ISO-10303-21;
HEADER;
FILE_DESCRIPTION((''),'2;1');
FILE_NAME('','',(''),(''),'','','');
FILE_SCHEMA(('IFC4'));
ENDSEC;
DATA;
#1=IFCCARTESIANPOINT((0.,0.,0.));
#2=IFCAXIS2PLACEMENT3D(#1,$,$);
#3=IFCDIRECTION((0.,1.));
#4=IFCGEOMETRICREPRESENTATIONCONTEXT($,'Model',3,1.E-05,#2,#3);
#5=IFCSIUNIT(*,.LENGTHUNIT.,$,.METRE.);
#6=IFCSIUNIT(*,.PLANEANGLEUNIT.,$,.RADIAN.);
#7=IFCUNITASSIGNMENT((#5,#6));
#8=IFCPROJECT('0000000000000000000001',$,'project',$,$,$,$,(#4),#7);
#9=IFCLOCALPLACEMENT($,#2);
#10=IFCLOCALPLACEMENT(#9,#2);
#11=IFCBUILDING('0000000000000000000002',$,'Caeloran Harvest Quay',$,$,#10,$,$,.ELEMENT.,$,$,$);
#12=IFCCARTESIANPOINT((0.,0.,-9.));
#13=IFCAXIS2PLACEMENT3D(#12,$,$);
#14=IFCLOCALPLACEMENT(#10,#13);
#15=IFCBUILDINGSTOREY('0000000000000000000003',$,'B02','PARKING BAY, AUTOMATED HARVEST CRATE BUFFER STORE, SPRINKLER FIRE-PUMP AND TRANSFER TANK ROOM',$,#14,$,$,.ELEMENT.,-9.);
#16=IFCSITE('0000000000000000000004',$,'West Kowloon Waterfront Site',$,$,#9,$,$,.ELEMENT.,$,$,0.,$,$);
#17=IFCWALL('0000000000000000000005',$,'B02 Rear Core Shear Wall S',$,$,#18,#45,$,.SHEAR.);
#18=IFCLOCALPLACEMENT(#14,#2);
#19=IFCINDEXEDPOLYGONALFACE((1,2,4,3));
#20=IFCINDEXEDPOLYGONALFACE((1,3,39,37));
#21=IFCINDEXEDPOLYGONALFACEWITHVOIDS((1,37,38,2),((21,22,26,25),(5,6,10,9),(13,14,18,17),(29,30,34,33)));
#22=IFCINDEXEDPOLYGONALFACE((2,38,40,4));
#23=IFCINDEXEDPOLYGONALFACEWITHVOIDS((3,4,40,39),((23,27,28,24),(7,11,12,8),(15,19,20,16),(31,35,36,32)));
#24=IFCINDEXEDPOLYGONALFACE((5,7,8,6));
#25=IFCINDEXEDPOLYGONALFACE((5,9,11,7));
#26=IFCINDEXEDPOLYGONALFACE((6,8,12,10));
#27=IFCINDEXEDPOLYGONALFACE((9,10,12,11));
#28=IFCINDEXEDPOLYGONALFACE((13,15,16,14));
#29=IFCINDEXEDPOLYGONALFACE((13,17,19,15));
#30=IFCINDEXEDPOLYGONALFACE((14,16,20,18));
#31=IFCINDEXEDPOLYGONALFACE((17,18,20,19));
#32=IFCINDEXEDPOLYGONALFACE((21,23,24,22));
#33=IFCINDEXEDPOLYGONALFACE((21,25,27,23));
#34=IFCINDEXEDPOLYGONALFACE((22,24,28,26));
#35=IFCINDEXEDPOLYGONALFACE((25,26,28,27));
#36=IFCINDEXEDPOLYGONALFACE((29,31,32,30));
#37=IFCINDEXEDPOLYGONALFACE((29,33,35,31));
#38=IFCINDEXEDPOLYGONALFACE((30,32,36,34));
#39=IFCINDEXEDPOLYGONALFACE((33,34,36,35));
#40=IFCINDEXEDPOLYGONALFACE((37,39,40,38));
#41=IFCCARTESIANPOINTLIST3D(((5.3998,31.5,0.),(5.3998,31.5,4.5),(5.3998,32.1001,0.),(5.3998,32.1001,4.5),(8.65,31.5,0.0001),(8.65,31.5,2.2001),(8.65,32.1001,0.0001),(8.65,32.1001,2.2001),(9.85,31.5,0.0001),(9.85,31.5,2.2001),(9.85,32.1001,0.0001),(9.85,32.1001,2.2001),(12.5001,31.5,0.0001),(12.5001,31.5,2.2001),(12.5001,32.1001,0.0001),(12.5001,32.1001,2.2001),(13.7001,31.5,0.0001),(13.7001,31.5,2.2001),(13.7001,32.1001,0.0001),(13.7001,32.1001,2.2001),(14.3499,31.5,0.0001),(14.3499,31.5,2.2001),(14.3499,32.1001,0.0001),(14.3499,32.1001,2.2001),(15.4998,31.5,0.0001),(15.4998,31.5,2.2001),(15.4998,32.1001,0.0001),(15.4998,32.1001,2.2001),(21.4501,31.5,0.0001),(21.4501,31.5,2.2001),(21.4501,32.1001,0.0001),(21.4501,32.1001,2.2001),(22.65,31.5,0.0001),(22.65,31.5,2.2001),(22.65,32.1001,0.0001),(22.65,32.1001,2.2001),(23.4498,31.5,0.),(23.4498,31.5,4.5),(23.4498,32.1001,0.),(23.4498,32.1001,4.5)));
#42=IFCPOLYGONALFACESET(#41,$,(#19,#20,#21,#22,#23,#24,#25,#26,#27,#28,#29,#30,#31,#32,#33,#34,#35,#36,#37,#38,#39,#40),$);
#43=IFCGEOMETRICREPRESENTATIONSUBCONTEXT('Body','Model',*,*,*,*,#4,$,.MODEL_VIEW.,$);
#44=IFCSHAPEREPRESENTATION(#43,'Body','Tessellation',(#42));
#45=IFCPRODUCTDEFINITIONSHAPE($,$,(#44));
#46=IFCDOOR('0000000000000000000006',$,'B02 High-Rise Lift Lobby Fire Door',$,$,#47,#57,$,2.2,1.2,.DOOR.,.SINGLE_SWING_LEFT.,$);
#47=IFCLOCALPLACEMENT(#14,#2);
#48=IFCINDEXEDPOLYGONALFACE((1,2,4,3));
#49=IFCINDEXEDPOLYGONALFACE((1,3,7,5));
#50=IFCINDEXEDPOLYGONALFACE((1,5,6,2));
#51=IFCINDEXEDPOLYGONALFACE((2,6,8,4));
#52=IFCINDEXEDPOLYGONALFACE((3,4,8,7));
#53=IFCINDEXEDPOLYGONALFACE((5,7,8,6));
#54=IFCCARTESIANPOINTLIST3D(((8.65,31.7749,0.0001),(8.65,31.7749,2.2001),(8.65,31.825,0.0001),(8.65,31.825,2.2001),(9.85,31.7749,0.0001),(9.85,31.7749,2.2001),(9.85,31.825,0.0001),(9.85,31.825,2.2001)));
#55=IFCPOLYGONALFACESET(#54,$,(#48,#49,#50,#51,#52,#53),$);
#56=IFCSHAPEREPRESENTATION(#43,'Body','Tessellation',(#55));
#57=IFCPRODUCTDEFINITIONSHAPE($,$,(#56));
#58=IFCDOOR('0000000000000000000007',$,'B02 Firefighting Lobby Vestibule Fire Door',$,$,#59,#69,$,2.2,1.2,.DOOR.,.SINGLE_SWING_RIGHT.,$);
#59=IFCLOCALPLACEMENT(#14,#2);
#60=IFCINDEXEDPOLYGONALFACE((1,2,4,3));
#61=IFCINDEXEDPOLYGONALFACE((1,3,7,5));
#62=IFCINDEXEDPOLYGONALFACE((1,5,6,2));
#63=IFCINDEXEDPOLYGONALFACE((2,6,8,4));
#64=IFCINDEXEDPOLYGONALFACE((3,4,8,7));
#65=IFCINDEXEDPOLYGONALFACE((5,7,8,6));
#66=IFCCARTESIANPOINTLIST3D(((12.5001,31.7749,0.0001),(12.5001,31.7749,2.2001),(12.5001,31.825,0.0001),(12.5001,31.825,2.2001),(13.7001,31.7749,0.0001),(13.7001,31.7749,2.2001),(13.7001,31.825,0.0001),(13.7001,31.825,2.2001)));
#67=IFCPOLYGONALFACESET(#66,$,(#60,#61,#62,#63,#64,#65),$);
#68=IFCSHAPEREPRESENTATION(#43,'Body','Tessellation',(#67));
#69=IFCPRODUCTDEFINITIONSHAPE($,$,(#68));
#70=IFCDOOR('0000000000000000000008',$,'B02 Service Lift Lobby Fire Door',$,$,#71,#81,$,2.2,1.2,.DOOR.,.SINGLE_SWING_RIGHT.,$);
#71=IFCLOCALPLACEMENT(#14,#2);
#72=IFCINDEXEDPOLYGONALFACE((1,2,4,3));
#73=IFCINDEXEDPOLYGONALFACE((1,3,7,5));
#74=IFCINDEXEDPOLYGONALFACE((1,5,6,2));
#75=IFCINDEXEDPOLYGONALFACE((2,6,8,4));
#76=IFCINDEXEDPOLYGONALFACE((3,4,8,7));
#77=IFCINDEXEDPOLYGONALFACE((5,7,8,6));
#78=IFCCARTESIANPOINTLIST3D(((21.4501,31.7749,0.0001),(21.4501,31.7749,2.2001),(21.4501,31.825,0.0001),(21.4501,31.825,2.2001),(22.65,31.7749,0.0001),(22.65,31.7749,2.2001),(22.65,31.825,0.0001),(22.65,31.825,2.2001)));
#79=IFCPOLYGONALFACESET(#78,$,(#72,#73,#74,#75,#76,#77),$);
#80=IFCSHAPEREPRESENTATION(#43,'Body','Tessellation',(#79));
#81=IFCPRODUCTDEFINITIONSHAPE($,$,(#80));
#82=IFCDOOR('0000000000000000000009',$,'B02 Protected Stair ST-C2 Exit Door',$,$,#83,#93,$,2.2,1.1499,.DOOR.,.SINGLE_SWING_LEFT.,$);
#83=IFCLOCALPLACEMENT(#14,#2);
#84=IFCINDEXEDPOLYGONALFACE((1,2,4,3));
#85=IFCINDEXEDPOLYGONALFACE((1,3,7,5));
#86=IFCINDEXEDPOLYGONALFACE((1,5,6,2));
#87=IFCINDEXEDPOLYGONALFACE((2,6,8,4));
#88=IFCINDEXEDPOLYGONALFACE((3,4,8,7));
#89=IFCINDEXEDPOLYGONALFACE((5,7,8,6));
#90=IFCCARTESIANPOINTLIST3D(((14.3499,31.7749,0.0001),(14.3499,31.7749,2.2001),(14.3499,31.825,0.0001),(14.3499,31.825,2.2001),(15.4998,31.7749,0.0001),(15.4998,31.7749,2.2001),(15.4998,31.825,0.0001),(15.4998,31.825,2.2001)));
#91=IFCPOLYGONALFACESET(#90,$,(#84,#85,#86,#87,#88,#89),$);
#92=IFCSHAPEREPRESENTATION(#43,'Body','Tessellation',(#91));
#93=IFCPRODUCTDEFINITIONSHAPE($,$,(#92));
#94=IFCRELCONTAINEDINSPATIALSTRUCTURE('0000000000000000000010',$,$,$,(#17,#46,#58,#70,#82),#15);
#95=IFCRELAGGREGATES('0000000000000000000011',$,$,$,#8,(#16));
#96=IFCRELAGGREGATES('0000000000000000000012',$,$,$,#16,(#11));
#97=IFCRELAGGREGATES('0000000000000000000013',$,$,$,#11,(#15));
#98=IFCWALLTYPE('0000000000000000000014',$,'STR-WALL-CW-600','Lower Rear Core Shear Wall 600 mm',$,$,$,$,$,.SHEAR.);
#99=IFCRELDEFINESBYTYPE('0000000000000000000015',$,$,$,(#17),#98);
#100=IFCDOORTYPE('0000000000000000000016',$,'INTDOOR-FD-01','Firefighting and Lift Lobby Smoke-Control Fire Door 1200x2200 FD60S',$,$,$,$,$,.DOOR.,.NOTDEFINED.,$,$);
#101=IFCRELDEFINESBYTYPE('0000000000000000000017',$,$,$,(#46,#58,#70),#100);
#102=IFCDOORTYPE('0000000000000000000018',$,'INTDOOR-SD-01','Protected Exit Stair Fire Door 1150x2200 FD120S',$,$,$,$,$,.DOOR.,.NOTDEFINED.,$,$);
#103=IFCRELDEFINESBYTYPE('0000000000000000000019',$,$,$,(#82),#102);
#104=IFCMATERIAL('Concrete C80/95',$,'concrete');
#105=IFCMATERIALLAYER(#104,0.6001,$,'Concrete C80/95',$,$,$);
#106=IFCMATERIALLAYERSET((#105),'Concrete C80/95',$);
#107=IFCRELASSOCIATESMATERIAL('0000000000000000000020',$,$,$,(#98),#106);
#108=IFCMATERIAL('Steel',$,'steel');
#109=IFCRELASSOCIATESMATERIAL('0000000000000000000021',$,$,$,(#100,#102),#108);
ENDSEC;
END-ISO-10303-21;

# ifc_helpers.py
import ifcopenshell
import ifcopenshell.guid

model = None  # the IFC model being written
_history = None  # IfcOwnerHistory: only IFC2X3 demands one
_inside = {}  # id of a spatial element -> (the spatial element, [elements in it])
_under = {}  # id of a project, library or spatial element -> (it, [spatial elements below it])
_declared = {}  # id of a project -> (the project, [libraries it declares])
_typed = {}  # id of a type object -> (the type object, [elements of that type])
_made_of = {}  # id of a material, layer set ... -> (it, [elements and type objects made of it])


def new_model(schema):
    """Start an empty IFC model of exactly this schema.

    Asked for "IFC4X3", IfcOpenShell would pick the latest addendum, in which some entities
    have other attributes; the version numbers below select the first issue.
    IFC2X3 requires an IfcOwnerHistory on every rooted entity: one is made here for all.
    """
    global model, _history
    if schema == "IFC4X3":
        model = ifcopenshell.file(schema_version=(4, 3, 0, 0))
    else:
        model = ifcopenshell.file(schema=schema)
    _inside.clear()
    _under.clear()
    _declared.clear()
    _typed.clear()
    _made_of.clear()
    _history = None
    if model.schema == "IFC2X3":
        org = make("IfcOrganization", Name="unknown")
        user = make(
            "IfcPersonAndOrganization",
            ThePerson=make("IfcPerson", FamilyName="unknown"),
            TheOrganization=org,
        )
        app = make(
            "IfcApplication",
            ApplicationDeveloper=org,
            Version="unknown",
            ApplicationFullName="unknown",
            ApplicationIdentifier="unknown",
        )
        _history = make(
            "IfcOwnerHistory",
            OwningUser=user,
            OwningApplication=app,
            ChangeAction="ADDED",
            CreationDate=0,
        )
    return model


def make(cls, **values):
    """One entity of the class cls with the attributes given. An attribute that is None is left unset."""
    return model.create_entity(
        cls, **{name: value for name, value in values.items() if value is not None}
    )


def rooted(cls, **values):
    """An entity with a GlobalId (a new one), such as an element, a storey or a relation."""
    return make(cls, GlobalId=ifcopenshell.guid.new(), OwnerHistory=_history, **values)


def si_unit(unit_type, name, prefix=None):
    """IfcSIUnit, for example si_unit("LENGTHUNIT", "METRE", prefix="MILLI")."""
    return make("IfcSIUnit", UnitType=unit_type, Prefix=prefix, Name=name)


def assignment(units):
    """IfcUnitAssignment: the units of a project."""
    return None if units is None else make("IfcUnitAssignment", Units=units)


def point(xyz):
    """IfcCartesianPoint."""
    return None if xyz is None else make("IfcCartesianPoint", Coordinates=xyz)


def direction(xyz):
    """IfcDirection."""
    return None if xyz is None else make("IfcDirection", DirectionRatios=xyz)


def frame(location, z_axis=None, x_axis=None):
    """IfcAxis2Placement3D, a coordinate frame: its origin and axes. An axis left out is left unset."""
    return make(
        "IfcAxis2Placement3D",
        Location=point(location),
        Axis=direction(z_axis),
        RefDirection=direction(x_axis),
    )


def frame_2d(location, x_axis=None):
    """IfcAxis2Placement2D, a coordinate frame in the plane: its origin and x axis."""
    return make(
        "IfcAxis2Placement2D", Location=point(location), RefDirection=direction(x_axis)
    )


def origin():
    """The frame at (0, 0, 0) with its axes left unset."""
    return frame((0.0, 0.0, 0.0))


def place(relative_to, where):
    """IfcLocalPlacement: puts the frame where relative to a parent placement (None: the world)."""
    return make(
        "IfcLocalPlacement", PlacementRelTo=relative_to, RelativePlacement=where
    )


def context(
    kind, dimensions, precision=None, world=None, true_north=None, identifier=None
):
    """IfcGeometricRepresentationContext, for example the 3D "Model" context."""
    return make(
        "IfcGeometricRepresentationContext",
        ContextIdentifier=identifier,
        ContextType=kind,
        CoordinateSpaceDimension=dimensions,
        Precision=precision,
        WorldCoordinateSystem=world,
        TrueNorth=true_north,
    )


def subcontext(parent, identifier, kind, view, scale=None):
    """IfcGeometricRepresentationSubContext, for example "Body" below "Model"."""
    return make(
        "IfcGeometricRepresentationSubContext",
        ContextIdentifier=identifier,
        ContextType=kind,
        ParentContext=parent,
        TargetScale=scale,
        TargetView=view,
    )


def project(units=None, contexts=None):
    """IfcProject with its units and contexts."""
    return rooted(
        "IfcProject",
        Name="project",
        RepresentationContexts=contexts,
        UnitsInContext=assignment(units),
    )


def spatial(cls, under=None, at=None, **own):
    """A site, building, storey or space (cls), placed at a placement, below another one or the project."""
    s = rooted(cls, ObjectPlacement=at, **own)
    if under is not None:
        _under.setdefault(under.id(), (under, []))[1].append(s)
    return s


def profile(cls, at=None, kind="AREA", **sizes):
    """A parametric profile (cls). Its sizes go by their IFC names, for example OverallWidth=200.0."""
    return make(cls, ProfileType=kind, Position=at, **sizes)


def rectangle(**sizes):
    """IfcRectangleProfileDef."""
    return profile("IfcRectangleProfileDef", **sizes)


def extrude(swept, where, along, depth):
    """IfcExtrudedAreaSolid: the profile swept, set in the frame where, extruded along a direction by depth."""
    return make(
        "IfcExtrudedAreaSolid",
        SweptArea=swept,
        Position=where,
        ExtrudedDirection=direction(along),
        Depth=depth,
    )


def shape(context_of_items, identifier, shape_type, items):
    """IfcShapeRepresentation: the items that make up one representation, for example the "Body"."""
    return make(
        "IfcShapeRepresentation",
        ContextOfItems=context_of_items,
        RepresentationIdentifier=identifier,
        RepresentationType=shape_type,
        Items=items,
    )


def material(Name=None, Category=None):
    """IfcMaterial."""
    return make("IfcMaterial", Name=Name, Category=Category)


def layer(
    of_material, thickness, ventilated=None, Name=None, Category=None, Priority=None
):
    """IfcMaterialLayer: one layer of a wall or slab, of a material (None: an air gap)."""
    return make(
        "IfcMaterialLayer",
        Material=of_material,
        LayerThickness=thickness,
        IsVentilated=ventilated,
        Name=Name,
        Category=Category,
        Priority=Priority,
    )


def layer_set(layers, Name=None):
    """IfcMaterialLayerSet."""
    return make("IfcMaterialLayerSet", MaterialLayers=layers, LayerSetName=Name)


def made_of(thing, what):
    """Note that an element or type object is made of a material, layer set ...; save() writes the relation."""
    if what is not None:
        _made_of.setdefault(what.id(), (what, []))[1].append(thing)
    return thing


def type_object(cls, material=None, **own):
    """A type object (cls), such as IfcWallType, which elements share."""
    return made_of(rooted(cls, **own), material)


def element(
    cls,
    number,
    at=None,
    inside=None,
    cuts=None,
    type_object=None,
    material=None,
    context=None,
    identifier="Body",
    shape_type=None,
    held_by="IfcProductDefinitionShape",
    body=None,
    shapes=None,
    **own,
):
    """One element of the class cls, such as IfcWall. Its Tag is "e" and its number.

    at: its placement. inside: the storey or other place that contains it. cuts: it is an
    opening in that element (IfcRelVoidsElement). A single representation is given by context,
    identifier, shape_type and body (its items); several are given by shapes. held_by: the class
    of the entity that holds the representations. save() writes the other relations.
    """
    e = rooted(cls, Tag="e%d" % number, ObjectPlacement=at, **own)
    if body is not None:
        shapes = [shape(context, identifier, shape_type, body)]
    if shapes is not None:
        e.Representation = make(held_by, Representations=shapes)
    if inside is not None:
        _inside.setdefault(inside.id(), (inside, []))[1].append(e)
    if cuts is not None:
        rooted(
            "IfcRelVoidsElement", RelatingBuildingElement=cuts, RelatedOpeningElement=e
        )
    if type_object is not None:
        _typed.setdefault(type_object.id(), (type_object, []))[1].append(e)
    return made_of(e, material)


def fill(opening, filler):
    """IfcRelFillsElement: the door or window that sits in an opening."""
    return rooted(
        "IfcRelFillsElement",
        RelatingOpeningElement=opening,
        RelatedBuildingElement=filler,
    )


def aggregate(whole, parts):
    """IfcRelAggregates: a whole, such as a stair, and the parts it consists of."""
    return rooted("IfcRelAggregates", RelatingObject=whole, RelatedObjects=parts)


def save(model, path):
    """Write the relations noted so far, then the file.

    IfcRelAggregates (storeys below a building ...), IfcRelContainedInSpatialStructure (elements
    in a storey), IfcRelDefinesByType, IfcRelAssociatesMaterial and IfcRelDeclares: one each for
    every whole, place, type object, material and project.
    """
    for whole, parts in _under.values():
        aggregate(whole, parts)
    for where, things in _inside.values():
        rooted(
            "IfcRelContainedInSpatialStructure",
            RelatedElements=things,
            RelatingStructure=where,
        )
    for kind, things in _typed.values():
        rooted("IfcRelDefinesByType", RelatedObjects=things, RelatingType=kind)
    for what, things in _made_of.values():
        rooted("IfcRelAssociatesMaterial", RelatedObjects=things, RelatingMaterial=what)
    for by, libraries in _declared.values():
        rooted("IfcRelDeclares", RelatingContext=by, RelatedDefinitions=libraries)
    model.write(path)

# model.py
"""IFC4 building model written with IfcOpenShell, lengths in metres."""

from ifc_helpers import new_model, si_unit, direction, frame, frame_2d, origin, place, context, subcontext, project, spatial, rectangle, extrude, material, layer, layer_set, type_object, element, fill, save


model = new_model("IFC4")

# Units and contexts
model_context = context("Model", 3, precision=1e-05, world=origin(), true_north=direction((0.0, 1.0)))
body_context = subcontext(model_context, "Body", "Model", "MODEL_VIEW")
ifc_project = project(units=[si_unit("LENGTHUNIT", "METRE"), si_unit("PLANEANGLEUNIT", "RADIAN")], contexts=[model_context])

# Site, building, storey
site_placement = place(None, origin())
site = spatial("IfcSite", under=ifc_project, at=site_placement, Name="West Kowloon Waterfront Site", CompositionType="ELEMENT", RefElevation=0.0)
building_placement = place(site_placement, origin())
building = spatial("IfcBuilding", under=site, at=building_placement, Name="Caeloran Harvest Quay", CompositionType="ELEMENT")
storey_placement = place(building_placement, frame((0.0, 0.0, -9.0)))
storey = spatial("IfcBuildingStorey", under=building, at=storey_placement, Name="B02", Description="PARKING BAY, AUTOMATED HARVEST CRATE BUFFER STORE, SPRINKLER FIRE-PUMP AND TRANSFER TANK ROOM", CompositionType="ELEMENT", Elevation=-9.0)

# Shared definitions
ifc_material_1 = material(Name="Concrete C80/95", Category="concrete")

# Wall, openings, doors
ifc_layer = layer(ifc_material_1, 0.6001, Name="Concrete C80/95")
ifc_layer_set = layer_set([ifc_layer], Name="Concrete C80/95")
wall_type = type_object("IfcWallType", Name="STR-WALL-CW-600", Description="Lower Rear Core Shear Wall 600 mm", PredefinedType="SHEAR", material=ifc_layer_set)
wall_placement = place(storey_placement, frame((5.3999, 31.8, 0.0), z_axis=(0.0, 0.0, 1.0), x_axis=(1.0, 0.0, 0.0)))
wall = element("IfcWall", 1, at=wall_placement, inside=storey, type_object=wall_type, Name="B02 Rear Core Shear Wall S", PredefinedType="SHEAR", context=body_context, shape_type="SweptSolid", body=[
    extrude(rectangle(XDim=18.05, YDim=0.6001, at=frame_2d((9.0249, 0.0))), origin(), (0.0, 0.0, 1.0), 4.5),
])
opening_1_placement = place(wall_placement, frame((3.25, 0.0, 0.0)))
opening_1 = element("IfcOpeningElement", 2, at=opening_1_placement, cuts=wall, PredefinedType="OPENING", context=body_context, shape_type="SweptSolid", body=[
    extrude(rectangle(XDim=1.2, YDim=2.2, at=frame_2d((0.6001, 1.1001))), frame((0.0, 0.3101, 0.0), z_axis=(0.0, -1.0, 0.0), x_axis=(1.0, 0.0, 0.0)), (0.0, 0.0, 1.0), 0.6201),
])
opening_2_placement = place(wall_placement, frame((7.1001, 0.0, 0.0)))
opening_2 = element("IfcOpeningElement", 3, at=opening_2_placement, cuts=wall, PredefinedType="OPENING", context=body_context, shape_type="SweptSolid", body=[
    extrude(rectangle(XDim=1.2, YDim=2.2, at=frame_2d((0.6001, 1.1001))), frame((0.0, 0.3101, 0.0), z_axis=(0.0, -1.0, 0.0), x_axis=(1.0, 0.0, 0.0)), (0.0, 0.0, 1.0), 0.6201),
])
opening_3_placement = place(wall_placement, frame((8.95, 0.0, 0.0)))
opening_3 = element("IfcOpeningElement", 4, at=opening_3_placement, cuts=wall, PredefinedType="OPENING", context=body_context, shape_type="SweptSolid", body=[
    extrude(rectangle(XDim=1.1499, YDim=2.2, at=frame_2d((0.575, 1.1001))), frame((0.0, 0.3101, 0.0), z_axis=(0.0, -1.0, 0.0), x_axis=(1.0, 0.0, 0.0)), (0.0, 0.0, 1.0), 0.6201),
])
opening_4_placement = place(wall_placement, frame((16.05, 0.0, 0.0)))
opening_4 = element("IfcOpeningElement", 5, at=opening_4_placement, cuts=wall, PredefinedType="OPENING", context=body_context, shape_type="SweptSolid", body=[
    extrude(rectangle(XDim=1.2, YDim=2.2, at=frame_2d((0.6001, 1.1001))), frame((0.0, 0.3101, 0.0), z_axis=(0.0, -1.0, 0.0), x_axis=(1.0, 0.0, 0.0)), (0.0, 0.0, 1.0), 0.6201),
])
ifc_material_2 = material(Name="Steel", Category="steel")
door_type_1 = type_object("IfcDoorType", Name="INTDOOR-FD-01", Description="Firefighting and Lift Lobby Smoke-Control Fire Door 1200x2200 FD60S", OperationType="NOTDEFINED", PredefinedType="DOOR", material=ifc_material_2)
door_1_placement = place(opening_1_placement, origin())
door_1 = element("IfcDoor", 6, at=door_1_placement, inside=storey, type_object=door_type_1, Name="B02 High-Rise Lift Lobby Fire Door", OperationType="SINGLE_SWING_LEFT", OverallHeight=2.2, OverallWidth=1.2, PredefinedType="DOOR", context=body_context, shape_type="SweptSolid", body=[
    extrude(rectangle(XDim=1.2, YDim=2.2, at=frame_2d((0.6001, 1.1001))), frame((0.0, 0.0249, 0.0), z_axis=(0.0, -1.0, 0.0), x_axis=(1.0, 0.0, 0.0)), (0.0, 0.0, 1.0), 0.05),
])
fill(opening_1, door_1)
door_2_placement = place(opening_2_placement, origin())
door_2 = element("IfcDoor", 7, at=door_2_placement, inside=storey, type_object=door_type_1, Name="B02 Firefighting Lobby Vestibule Fire Door", OperationType="SINGLE_SWING_RIGHT", OverallHeight=2.2, OverallWidth=1.2, PredefinedType="DOOR", context=body_context, shape_type="SweptSolid", body=[
    extrude(rectangle(XDim=1.2, YDim=2.2, at=frame_2d((0.6001, 1.1001))), frame((0.0, 0.0249, 0.0), z_axis=(0.0, -1.0, 0.0), x_axis=(1.0, 0.0, 0.0)), (0.0, 0.0, 1.0), 0.05),
])
fill(opening_2, door_2)
door_3_placement = place(opening_4_placement, origin())
door_3 = element("IfcDoor", 8, at=door_3_placement, inside=storey, type_object=door_type_1, Name="B02 Service Lift Lobby Fire Door", OperationType="SINGLE_SWING_RIGHT", OverallHeight=2.2, OverallWidth=1.2, PredefinedType="DOOR", context=body_context, shape_type="SweptSolid", body=[
    extrude(rectangle(XDim=1.2, YDim=2.2, at=frame_2d((0.6001, 1.1001))), frame((0.0, 0.0249, 0.0), z_axis=(0.0, -1.0, 0.0), x_axis=(1.0, 0.0, 0.0)), (0.0, 0.0, 1.0), 0.05),
])
fill(opening_4, door_3)
door_type_2 = type_object("IfcDoorType", Name="INTDOOR-SD-01", Description="Protected Exit Stair Fire Door 1150x2200 FD120S", OperationType="NOTDEFINED", PredefinedType="DOOR", material=ifc_material_2)
door_4_placement = place(opening_3_placement, origin())
door_4 = element("IfcDoor", 9, at=door_4_placement, inside=storey, type_object=door_type_2, Name="B02 Protected Stair ST-C2 Exit Door", OperationType="SINGLE_SWING_LEFT", OverallHeight=2.2, OverallWidth=1.1499, PredefinedType="DOOR", context=body_context, shape_type="SweptSolid", body=[
    extrude(rectangle(XDim=1.1499, YDim=2.2, at=frame_2d((0.575, 1.1001))), frame((0.0, 0.0249, 0.0), z_axis=(0.0, -1.0, 0.0), x_axis=(1.0, 0.0, 0.0)), (0.0, 0.0, 1.0), 0.05),
])
fill(opening_3, door_4)

save(model, "model.ifc")
